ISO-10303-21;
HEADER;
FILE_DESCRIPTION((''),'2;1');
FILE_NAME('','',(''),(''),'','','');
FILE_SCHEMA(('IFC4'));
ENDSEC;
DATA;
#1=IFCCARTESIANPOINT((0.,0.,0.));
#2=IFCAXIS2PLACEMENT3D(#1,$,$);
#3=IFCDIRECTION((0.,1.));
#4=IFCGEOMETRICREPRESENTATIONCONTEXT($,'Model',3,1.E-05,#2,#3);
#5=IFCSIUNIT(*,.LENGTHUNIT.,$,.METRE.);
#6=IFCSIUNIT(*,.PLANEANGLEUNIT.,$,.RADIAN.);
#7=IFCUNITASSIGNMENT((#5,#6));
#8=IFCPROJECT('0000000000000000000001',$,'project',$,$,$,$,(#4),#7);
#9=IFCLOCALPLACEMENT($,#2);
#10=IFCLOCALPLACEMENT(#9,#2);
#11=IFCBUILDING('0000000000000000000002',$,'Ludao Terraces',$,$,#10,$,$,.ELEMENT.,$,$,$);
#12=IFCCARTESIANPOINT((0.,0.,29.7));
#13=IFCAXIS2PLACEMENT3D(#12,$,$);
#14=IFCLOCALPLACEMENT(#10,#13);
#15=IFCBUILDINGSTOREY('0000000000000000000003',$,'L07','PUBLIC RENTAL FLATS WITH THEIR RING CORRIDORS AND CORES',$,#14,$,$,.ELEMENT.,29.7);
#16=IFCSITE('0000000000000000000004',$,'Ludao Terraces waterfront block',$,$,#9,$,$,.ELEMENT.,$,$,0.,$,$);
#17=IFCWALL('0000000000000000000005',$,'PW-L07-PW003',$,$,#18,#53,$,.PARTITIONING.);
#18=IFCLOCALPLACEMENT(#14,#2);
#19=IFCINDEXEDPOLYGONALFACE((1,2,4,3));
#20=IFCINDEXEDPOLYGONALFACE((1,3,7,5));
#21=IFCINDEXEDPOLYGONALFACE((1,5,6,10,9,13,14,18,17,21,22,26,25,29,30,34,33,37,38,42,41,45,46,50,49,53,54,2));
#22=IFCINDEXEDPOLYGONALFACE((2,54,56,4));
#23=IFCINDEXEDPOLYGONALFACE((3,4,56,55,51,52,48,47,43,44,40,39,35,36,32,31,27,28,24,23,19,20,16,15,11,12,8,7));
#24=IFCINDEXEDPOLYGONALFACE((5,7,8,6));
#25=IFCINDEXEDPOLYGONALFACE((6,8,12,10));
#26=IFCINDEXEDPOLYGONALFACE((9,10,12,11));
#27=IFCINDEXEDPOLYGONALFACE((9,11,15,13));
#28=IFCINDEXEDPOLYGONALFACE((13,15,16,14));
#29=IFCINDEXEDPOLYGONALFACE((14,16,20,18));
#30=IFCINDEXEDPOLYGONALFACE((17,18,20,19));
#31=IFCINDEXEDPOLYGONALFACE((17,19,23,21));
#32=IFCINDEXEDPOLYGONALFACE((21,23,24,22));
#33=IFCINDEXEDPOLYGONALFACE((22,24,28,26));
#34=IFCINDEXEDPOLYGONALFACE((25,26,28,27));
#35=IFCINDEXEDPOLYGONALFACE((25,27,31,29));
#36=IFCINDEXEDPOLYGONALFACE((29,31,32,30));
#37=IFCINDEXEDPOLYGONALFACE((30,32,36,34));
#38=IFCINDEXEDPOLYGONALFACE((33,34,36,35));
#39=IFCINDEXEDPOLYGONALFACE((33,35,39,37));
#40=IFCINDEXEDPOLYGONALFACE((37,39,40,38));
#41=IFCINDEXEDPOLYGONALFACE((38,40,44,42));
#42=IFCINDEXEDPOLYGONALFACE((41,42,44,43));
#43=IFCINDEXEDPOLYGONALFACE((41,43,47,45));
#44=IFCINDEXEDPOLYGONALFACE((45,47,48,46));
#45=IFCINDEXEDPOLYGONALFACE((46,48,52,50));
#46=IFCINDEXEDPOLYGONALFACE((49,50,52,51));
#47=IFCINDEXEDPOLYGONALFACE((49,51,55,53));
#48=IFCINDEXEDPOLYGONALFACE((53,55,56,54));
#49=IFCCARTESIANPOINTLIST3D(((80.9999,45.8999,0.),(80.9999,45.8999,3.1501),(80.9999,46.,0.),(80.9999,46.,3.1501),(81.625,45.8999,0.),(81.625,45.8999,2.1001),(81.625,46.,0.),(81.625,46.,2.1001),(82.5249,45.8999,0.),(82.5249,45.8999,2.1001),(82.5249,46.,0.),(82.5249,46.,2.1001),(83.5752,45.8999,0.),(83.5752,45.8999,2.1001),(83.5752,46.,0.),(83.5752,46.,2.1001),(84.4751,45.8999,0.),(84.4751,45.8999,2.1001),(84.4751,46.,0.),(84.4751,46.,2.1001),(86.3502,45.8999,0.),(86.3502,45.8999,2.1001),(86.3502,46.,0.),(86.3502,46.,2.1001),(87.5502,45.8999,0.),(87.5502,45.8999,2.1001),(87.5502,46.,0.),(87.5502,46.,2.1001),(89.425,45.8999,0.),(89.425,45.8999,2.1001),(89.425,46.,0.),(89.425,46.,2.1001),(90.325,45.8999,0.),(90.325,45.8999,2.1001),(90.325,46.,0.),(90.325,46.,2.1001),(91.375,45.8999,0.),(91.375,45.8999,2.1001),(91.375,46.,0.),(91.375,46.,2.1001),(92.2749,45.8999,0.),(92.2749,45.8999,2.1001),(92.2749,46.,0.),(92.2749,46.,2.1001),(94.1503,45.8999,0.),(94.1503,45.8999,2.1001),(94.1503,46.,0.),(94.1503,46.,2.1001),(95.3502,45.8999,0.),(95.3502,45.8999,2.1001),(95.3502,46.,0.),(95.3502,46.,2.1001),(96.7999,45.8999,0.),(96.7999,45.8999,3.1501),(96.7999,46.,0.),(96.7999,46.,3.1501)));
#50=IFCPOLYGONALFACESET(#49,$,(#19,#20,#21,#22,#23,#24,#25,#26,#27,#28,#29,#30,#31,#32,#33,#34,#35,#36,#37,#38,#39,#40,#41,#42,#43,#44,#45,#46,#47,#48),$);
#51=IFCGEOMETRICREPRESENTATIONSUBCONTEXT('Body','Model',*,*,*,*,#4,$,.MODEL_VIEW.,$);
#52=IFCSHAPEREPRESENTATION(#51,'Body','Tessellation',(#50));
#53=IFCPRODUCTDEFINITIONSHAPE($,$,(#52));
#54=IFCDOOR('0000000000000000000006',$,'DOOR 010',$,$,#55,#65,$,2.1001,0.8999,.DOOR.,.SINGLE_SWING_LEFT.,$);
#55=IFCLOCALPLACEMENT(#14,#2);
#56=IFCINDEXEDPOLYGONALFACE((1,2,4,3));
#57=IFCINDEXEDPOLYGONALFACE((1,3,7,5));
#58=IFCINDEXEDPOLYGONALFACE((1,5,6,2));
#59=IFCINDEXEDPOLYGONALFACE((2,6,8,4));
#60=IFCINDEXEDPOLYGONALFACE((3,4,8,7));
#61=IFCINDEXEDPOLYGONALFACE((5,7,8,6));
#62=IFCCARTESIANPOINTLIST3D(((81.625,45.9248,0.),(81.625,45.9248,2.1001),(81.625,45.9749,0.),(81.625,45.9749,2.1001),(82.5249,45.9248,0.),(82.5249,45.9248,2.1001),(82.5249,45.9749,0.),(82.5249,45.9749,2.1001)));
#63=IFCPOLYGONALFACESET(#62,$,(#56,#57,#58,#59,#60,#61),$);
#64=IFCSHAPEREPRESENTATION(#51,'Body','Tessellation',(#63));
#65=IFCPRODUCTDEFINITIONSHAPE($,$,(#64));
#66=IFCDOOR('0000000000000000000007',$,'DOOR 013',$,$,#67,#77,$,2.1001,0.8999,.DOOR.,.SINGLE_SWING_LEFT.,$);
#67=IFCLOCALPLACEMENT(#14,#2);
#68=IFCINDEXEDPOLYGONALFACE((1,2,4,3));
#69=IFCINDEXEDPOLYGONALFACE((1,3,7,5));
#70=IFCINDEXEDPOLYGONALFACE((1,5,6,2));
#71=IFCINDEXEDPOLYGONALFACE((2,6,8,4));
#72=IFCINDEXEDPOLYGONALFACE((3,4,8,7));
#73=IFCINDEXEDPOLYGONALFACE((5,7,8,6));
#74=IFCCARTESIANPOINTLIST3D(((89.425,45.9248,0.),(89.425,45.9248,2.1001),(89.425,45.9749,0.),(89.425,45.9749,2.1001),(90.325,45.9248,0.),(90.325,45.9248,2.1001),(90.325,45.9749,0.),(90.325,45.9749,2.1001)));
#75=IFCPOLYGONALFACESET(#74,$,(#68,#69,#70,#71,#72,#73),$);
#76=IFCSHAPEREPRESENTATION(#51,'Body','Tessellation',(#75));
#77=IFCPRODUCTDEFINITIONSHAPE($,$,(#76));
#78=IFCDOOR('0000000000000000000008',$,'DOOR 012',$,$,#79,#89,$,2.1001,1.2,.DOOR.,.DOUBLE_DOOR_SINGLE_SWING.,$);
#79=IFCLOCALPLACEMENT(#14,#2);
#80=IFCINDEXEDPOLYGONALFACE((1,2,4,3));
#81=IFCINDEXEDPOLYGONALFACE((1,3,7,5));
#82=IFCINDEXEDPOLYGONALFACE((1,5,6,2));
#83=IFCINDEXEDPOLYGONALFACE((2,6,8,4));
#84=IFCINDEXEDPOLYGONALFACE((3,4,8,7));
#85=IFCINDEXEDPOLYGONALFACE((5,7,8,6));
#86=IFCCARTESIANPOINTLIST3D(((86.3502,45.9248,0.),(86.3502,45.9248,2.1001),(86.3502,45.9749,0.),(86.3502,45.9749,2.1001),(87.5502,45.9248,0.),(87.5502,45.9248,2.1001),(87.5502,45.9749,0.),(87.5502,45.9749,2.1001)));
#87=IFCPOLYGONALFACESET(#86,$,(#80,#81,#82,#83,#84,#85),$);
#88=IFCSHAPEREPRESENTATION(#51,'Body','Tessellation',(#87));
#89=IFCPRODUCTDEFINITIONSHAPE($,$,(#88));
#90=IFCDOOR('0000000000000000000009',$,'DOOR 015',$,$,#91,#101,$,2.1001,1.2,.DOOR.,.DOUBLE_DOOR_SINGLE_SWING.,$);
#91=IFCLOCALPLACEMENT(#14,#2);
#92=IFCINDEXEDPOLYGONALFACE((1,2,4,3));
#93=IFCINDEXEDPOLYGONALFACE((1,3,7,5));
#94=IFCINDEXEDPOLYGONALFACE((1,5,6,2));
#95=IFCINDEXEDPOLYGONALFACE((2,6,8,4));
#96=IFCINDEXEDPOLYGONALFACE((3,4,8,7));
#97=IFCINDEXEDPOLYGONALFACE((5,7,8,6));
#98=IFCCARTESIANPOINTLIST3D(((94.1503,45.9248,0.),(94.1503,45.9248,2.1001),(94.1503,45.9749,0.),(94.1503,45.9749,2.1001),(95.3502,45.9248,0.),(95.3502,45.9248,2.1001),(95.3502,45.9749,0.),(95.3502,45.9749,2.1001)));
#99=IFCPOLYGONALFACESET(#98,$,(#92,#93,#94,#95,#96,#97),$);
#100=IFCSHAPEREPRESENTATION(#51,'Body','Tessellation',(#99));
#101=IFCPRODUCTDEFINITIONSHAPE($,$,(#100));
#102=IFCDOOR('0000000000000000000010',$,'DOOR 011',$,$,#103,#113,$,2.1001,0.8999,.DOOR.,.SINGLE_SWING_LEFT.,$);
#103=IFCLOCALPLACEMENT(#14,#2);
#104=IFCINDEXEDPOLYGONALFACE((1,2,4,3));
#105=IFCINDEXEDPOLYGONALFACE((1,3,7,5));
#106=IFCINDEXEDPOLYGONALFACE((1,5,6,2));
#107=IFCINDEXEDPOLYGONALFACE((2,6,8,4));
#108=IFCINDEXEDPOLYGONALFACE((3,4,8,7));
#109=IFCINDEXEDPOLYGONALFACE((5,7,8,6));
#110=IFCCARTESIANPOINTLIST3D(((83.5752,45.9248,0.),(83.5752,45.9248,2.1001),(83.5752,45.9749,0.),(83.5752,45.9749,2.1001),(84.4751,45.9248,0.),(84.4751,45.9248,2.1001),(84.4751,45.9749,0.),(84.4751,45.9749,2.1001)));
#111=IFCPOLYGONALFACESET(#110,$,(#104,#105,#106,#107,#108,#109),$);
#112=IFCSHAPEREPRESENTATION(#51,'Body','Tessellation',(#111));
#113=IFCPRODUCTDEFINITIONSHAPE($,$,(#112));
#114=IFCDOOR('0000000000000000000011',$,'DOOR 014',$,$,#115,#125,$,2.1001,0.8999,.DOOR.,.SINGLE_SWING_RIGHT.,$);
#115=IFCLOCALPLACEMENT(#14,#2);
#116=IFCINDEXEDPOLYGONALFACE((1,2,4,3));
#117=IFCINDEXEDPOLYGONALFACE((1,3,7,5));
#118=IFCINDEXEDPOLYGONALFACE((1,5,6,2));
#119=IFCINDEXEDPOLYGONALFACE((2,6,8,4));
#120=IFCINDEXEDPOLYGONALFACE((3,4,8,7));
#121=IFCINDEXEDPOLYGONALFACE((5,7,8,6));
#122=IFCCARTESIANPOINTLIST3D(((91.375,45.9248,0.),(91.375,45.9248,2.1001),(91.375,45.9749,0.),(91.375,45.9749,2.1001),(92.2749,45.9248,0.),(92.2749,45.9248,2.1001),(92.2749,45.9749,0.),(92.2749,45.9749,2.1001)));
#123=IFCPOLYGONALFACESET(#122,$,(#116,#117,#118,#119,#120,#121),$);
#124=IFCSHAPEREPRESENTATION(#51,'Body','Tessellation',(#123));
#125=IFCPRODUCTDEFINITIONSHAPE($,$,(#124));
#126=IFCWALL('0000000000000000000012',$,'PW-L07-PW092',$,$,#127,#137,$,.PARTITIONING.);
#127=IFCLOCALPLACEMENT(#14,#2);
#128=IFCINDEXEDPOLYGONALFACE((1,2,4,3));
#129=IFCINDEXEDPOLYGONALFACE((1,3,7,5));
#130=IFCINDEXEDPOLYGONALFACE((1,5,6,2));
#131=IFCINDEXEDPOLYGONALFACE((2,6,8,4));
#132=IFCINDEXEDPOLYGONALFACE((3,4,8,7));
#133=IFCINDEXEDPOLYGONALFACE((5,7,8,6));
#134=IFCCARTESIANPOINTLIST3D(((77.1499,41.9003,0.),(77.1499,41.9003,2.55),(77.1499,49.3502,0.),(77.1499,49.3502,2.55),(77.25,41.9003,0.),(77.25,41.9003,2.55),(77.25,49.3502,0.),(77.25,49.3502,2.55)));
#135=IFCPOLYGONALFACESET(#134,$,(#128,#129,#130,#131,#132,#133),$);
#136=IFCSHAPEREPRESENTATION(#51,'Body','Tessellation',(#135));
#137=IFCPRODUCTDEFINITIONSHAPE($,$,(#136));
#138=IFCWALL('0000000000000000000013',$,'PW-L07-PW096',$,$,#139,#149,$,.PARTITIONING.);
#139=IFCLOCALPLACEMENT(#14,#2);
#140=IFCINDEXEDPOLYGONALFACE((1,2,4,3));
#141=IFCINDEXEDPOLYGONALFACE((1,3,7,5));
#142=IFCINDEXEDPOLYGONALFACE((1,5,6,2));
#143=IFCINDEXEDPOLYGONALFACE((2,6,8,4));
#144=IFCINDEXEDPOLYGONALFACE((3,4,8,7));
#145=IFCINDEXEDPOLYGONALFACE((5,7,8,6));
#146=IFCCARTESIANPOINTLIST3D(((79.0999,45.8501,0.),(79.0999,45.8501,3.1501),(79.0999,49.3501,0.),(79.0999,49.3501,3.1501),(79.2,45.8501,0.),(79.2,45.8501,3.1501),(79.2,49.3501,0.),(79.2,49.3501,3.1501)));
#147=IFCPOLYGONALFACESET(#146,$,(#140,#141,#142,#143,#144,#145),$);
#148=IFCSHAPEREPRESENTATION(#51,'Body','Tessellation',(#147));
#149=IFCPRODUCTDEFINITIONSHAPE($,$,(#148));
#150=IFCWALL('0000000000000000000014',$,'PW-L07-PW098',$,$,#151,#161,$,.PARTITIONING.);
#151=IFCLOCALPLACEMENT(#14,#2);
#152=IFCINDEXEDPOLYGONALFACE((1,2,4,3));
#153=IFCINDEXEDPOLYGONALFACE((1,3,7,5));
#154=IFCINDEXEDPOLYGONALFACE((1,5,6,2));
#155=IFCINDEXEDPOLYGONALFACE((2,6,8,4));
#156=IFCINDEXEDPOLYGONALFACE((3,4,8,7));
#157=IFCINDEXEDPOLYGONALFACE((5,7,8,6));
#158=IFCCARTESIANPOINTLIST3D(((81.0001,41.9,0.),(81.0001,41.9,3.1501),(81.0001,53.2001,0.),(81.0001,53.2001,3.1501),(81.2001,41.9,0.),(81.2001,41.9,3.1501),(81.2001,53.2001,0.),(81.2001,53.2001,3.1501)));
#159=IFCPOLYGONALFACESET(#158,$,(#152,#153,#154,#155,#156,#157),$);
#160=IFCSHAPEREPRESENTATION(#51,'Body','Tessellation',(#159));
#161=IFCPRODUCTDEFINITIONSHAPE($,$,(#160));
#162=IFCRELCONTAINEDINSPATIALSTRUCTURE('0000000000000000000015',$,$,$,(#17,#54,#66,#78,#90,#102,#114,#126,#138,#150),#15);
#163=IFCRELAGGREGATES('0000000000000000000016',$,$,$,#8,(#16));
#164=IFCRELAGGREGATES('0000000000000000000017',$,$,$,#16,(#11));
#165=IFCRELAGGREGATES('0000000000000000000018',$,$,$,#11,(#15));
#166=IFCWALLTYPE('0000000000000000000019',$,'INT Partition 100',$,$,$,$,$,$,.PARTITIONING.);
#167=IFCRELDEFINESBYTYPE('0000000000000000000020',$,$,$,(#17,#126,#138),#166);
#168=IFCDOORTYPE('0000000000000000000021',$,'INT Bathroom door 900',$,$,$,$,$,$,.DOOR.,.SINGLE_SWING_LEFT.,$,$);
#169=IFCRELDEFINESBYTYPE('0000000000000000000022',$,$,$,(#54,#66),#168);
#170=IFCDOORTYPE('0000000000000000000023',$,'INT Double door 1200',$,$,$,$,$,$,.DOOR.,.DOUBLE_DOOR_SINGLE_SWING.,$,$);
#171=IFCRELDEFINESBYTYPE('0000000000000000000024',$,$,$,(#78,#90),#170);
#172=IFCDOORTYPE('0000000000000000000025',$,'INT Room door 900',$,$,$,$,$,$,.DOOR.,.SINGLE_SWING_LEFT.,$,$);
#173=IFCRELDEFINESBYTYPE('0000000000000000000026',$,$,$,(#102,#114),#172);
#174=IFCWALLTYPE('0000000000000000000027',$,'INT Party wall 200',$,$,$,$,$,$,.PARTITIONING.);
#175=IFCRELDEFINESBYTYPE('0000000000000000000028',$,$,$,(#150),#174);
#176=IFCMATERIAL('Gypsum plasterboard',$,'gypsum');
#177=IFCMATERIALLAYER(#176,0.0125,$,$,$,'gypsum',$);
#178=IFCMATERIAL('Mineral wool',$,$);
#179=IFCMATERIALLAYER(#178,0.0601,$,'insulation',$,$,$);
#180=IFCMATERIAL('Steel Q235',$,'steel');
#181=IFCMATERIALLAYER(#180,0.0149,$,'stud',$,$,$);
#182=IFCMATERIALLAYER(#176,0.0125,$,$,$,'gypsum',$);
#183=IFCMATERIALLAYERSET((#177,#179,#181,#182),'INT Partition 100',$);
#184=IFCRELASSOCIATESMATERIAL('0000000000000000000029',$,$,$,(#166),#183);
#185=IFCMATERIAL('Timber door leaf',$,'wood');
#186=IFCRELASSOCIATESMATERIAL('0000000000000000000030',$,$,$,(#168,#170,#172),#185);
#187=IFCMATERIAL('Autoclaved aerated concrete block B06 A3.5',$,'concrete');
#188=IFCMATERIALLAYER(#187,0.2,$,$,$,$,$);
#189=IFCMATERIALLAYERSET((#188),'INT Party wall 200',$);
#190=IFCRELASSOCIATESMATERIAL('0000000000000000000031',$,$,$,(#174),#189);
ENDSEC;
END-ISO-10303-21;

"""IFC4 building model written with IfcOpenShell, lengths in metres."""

from ifc_helpers import new_model, si_unit, direction, frame, frame_2d, origin, place, context, subcontext, project, spatial, rectangle, extrude, material, layer, layer_set, type_object, element, fill, save


model = new_model("IFC4")

# Units and contexts
model_context = context("Model", 3, precision=1e-05, world=origin(), true_north=direction((0.0, 1.0)))
body_context = subcontext(model_context, "Body", "Model", "MODEL_VIEW")
ifc_project = project(units=[si_unit("LENGTHUNIT", "METRE"), si_unit("PLANEANGLEUNIT", "RADIAN")], contexts=[model_context])

# Site, building, storey
site_placement = place(None, origin())
site = spatial("IfcSite", under=ifc_project, at=site_placement, Name="Ludao Terraces waterfront block", CompositionType="ELEMENT", RefElevation=0.0)
building_placement = place(site_placement, origin())
building = spatial("IfcBuilding", under=site, at=building_placement, Name="Ludao Terraces", CompositionType="ELEMENT")
storey_placement = place(building_placement, frame((0.0, 0.0, 29.7)))
storey = spatial("IfcBuildingStorey", under=building, at=storey_placement, Name="L07", Description="PUBLIC RENTAL FLATS WITH THEIR RING CORRIDORS AND CORES", CompositionType="ELEMENT", Elevation=29.7)

# Wall, openings, doors
ifc_material_1 = material(Name="Gypsum plasterboard", Category="gypsum")
ifc_layer_1 = layer(ifc_material_1, 0.0125, Category="gypsum")
ifc_material_2 = material(Name="Mineral wool")
ifc_layer_2 = layer(ifc_material_2, 0.0601, Name="insulation")
ifc_material_3 = material(Name="Steel Q235", Category="steel")
ifc_layer_3 = layer(ifc_material_3, 0.0149, Name="stud")
ifc_layer_4 = layer(ifc_material_1, 0.0125, Category="gypsum")
ifc_layer_set_1 = layer_set([ifc_layer_1, ifc_layer_2, ifc_layer_3, ifc_layer_4], Name="INT Partition 100")
wall_type_1 = type_object("IfcWallType", Name="INT Partition 100", PredefinedType="PARTITIONING", material=ifc_layer_set_1)
wall_1_placement = place(storey_placement, frame((81.0, 45.95, 0.0), z_axis=(0.0, 0.0, 1.0), x_axis=(1.0, 0.0, 0.0)))
wall_1 = element("IfcWall", 1, at=wall_1_placement, inside=storey, type_object=wall_type_1, Name="PW-L07-PW003", PredefinedType="PARTITIONING", context=body_context, shape_type="SweptSolid", body=[
    extrude(rectangle(XDim=15.8, YDim=0.1001, at=frame_2d((7.8999, 0.0))), origin(), (0.0, 0.0, 1.0), 3.1501),
])
opening_1_placement = place(wall_1_placement, frame((0.625, 0.0, 0.0)))
opening_1 = element("IfcOpeningElement", 2, at=opening_1_placement, cuts=wall_1, PredefinedType="OPENING", context=body_context, shape_type="SweptSolid", body=[
    extrude(rectangle(XDim=0.8999, YDim=2.1001, at=frame_2d((0.45, 1.05))), frame((0.0, 0.0601, 0.0), z_axis=(0.0, -1.0, 0.0), x_axis=(1.0, 0.0, 0.0)), (0.0, 0.0, 1.0), 0.1201),
])
opening_2_placement = place(wall_1_placement, frame((2.5752, 0.0, 0.0)))
opening_2 = element("IfcOpeningElement", 3, at=opening_2_placement, cuts=wall_1, PredefinedType="OPENING", context=body_context, shape_type="SweptSolid", body=[
    extrude(rectangle(XDim=0.8999, YDim=2.1001, at=frame_2d((0.45, 1.05))), frame((0.0, 0.0601, 0.0), z_axis=(0.0, -1.0, 0.0), x_axis=(1.0, 0.0, 0.0)), (0.0, 0.0, 1.0), 0.1201),
])
opening_3_placement = place(wall_1_placement, frame((5.3501, 0.0, 0.0)))
opening_3 = element("IfcOpeningElement", 4, at=opening_3_placement, cuts=wall_1, PredefinedType="OPENING", context=body_context, shape_type="SweptSolid", body=[
    extrude(rectangle(XDim=1.2, YDim=2.1001, at=frame_2d((0.6001, 1.05))), frame((0.0, 0.0601, 0.0), z_axis=(0.0, -1.0, 0.0), x_axis=(1.0, 0.0, 0.0)), (0.0, 0.0, 1.0), 0.1201),
])
opening_4_placement = place(wall_1_placement, frame((8.425, 0.0, 0.0)))
opening_4 = element("IfcOpeningElement", 5, at=opening_4_placement, cuts=wall_1, PredefinedType="OPENING", context=body_context, shape_type="SweptSolid", body=[
    extrude(rectangle(XDim=0.8999, YDim=2.1001, at=frame_2d((0.45, 1.05))), frame((0.0, 0.0601, 0.0), z_axis=(0.0, -1.0, 0.0), x_axis=(1.0, 0.0, 0.0)), (0.0, 0.0, 1.0), 0.1201),
])
opening_5_placement = place(wall_1_placement, frame((10.375, 0.0, 0.0)))
opening_5 = element("IfcOpeningElement", 6, at=opening_5_placement, cuts=wall_1, PredefinedType="OPENING", context=body_context, shape_type="SweptSolid", body=[
    extrude(rectangle(XDim=0.8999, YDim=2.1001, at=frame_2d((0.45, 1.05))), frame((0.0, 0.0601, 0.0), z_axis=(0.0, -1.0, 0.0), x_axis=(1.0, 0.0, 0.0)), (0.0, 0.0, 1.0), 0.1201),
])
opening_6_placement = place(wall_1_placement, frame((13.1501, 0.0, 0.0)))
opening_6 = element("IfcOpeningElement", 7, at=opening_6_placement, cuts=wall_1, PredefinedType="OPENING", context=body_context, shape_type="SweptSolid", body=[
    extrude(rectangle(XDim=1.2, YDim=2.1001, at=frame_2d((0.6001, 1.05))), frame((0.0, 0.0601, 0.0), z_axis=(0.0, -1.0, 0.0), x_axis=(1.0, 0.0, 0.0)), (0.0, 0.0, 1.0), 0.1201),
])
ifc_material_4 = material(Name="Timber door leaf", Category="wood")
door_type_1 = type_object("IfcDoorType", Name="INT Bathroom door 900", OperationType="SINGLE_SWING_LEFT", PredefinedType="DOOR", material=ifc_material_4)
door_1_placement = place(opening_1_placement, origin())
door_1 = element("IfcDoor", 8, at=door_1_placement, inside=storey, type_object=door_type_1, Name="DOOR 010", OperationType="SINGLE_SWING_LEFT", OverallHeight=2.1001, OverallWidth=0.8999, PredefinedType="DOOR", context=body_context, shape_type="SweptSolid", body=[
    extrude(rectangle(XDim=0.8999, YDim=2.1001, at=frame_2d((0.45, 1.05))), frame((0.0, 0.0249, 0.0), z_axis=(0.0, -1.0, 0.0), x_axis=(1.0, 0.0, 0.0)), (0.0, 0.0, 1.0), 0.05),
])
fill(opening_1, door_1)
door_2_placement = place(opening_4_placement, origin())
door_2 = element("IfcDoor", 9, at=door_2_placement, inside=storey, type_object=door_type_1, Name="DOOR 013", OperationType="SINGLE_SWING_LEFT", OverallHeight=2.1001, OverallWidth=0.8999, PredefinedType="DOOR", context=body_context, shape_type="SweptSolid", body=[
    extrude(rectangle(XDim=0.8999, YDim=2.1001, at=frame_2d((0.45, 1.05))), frame((0.0, 0.0249, 0.0), z_axis=(0.0, -1.0, 0.0), x_axis=(1.0, 0.0, 0.0)), (0.0, 0.0, 1.0), 0.05),
])
fill(opening_4, door_2)
door_type_2 = type_object("IfcDoorType", Name="INT Double door 1200", OperationType="DOUBLE_DOOR_SINGLE_SWING", PredefinedType="DOOR", material=ifc_material_4)
door_3_placement = place(opening_3_placement, origin())
door_3 = element("IfcDoor", 10, at=door_3_placement, inside=storey, type_object=door_type_2, Name="DOOR 012", OperationType="DOUBLE_DOOR_SINGLE_SWING", OverallHeight=2.1001, OverallWidth=1.2, PredefinedType="DOOR", context=body_context, shape_type="SweptSolid", body=[
    extrude(rectangle(XDim=1.2, YDim=2.1001, at=frame_2d((0.6001, 1.05))), frame((0.0, 0.0249, 0.0), z_axis=(0.0, -1.0, 0.0), x_axis=(1.0, 0.0, 0.0)), (0.0, 0.0, 1.0), 0.05),
])
fill(opening_3, door_3)
door_4_placement = place(opening_6_placement, origin())
door_4 = element("IfcDoor", 11, at=door_4_placement, inside=storey, type_object=door_type_2, Name="DOOR 015", OperationType="DOUBLE_DOOR_SINGLE_SWING", OverallHeight=2.1001, OverallWidth=1.2, PredefinedType="DOOR", context=body_context, shape_type="SweptSolid", body=[
    extrude(rectangle(XDim=1.2, YDim=2.1001, at=frame_2d((0.6001, 1.05))), frame((0.0, 0.0249, 0.0), z_axis=(0.0, -1.0, 0.0), x_axis=(1.0, 0.0, 0.0)), (0.0, 0.0, 1.0), 0.05),
])
fill(opening_6, door_4)
door_type_3 = type_object("IfcDoorType", Name="INT Room door 900", OperationType="SINGLE_SWING_LEFT", PredefinedType="DOOR", material=ifc_material_4)
door_5_placement = place(opening_2_placement, origin())
door_5 = element("IfcDoor", 12, at=door_5_placement, inside=storey, type_object=door_type_3, Name="DOOR 011", OperationType="SINGLE_SWING_LEFT", OverallHeight=2.1001, OverallWidth=0.8999, PredefinedType="DOOR", context=body_context, shape_type="SweptSolid", body=[
    extrude(rectangle(XDim=0.8999, YDim=2.1001, at=frame_2d((0.45, 1.05))), frame((0.0, 0.0249, 0.0), z_axis=(0.0, -1.0, 0.0), x_axis=(1.0, 0.0, 0.0)), (0.0, 0.0, 1.0), 0.05),
])
fill(opening_2, door_5)
door_6_placement = place(opening_5_placement, origin())
door_6 = element("IfcDoor", 13, at=door_6_placement, inside=storey, type_object=door_type_3, Name="DOOR 014", OperationType="SINGLE_SWING_RIGHT", OverallHeight=2.1001, OverallWidth=0.8999, PredefinedType="DOOR", context=body_context, shape_type="SweptSolid", body=[
    extrude(rectangle(XDim=0.8999, YDim=2.1001, at=frame_2d((0.45, 1.05))), frame((0.0, 0.0249, 0.0), z_axis=(0.0, -1.0, 0.0), x_axis=(1.0, 0.0, 0.0)), (0.0, 0.0, 1.0), 0.05),
])
fill(opening_5, door_6)

# Walls
wall_2_placement = place(storey_placement, frame((77.2, 41.9001, 0.0), z_axis=(0.0, 0.0, 1.0), x_axis=(0.0, 1.0, 0.0)))
element("IfcWall", 14, at=wall_2_placement, inside=storey, type_object=wall_type_1, Name="PW-L07-PW092", PredefinedType="PARTITIONING", context=body_context, shape_type="SweptSolid", body=[
    extrude(rectangle(XDim=7.45, YDim=0.1001, at=frame_2d((3.7251, 0.0))), origin(), (0.0, 0.0, 1.0), 2.55),
])
wall_3_placement = place(storey_placement, frame((79.1499, 45.8501, 0.0), z_axis=(0.0, 0.0, 1.0), x_axis=(0.0, 1.0, 0.0)))
element("IfcWall", 15, at=wall_3_placement, inside=storey, type_object=wall_type_1, Name="PW-L07-PW096", PredefinedType="PARTITIONING", context=body_context, shape_type="SweptSolid", body=[
    extrude(rectangle(XDim=3.5, YDim=0.1001, at=frame_2d((1.75, 0.0))), origin(), (0.0, 0.0, 1.0), 3.1501),
])
ifc_material_5 = material(Name="Autoclaved aerated concrete block B06 A3.5", Category="concrete")
ifc_layer_5 = layer(ifc_material_5, 0.2)
ifc_layer_set_2 = layer_set([ifc_layer_5], Name="INT Party wall 200")
wall_type_2 = type_object("IfcWallType", Name="INT Party wall 200", PredefinedType="PARTITIONING", material=ifc_layer_set_2)
wall_4_placement = place(storey_placement, frame((81.1001, 41.9001, 0.0), z_axis=(0.0, 0.0, 1.0), x_axis=(0.0, 1.0, 0.0)))
element("IfcWall", 16, at=wall_4_placement, inside=storey, type_object=wall_type_2, Name="PW-L07-PW098", PredefinedType="PARTITIONING", context=body_context, shape_type="SweptSolid", body=[
    extrude(rectangle(XDim=11.3, YDim=0.2, at=frame_2d((5.6499, 0.0))), origin(), (0.0, 0.0, 1.0), 3.1501),
])

save(model, "model.ifc")
